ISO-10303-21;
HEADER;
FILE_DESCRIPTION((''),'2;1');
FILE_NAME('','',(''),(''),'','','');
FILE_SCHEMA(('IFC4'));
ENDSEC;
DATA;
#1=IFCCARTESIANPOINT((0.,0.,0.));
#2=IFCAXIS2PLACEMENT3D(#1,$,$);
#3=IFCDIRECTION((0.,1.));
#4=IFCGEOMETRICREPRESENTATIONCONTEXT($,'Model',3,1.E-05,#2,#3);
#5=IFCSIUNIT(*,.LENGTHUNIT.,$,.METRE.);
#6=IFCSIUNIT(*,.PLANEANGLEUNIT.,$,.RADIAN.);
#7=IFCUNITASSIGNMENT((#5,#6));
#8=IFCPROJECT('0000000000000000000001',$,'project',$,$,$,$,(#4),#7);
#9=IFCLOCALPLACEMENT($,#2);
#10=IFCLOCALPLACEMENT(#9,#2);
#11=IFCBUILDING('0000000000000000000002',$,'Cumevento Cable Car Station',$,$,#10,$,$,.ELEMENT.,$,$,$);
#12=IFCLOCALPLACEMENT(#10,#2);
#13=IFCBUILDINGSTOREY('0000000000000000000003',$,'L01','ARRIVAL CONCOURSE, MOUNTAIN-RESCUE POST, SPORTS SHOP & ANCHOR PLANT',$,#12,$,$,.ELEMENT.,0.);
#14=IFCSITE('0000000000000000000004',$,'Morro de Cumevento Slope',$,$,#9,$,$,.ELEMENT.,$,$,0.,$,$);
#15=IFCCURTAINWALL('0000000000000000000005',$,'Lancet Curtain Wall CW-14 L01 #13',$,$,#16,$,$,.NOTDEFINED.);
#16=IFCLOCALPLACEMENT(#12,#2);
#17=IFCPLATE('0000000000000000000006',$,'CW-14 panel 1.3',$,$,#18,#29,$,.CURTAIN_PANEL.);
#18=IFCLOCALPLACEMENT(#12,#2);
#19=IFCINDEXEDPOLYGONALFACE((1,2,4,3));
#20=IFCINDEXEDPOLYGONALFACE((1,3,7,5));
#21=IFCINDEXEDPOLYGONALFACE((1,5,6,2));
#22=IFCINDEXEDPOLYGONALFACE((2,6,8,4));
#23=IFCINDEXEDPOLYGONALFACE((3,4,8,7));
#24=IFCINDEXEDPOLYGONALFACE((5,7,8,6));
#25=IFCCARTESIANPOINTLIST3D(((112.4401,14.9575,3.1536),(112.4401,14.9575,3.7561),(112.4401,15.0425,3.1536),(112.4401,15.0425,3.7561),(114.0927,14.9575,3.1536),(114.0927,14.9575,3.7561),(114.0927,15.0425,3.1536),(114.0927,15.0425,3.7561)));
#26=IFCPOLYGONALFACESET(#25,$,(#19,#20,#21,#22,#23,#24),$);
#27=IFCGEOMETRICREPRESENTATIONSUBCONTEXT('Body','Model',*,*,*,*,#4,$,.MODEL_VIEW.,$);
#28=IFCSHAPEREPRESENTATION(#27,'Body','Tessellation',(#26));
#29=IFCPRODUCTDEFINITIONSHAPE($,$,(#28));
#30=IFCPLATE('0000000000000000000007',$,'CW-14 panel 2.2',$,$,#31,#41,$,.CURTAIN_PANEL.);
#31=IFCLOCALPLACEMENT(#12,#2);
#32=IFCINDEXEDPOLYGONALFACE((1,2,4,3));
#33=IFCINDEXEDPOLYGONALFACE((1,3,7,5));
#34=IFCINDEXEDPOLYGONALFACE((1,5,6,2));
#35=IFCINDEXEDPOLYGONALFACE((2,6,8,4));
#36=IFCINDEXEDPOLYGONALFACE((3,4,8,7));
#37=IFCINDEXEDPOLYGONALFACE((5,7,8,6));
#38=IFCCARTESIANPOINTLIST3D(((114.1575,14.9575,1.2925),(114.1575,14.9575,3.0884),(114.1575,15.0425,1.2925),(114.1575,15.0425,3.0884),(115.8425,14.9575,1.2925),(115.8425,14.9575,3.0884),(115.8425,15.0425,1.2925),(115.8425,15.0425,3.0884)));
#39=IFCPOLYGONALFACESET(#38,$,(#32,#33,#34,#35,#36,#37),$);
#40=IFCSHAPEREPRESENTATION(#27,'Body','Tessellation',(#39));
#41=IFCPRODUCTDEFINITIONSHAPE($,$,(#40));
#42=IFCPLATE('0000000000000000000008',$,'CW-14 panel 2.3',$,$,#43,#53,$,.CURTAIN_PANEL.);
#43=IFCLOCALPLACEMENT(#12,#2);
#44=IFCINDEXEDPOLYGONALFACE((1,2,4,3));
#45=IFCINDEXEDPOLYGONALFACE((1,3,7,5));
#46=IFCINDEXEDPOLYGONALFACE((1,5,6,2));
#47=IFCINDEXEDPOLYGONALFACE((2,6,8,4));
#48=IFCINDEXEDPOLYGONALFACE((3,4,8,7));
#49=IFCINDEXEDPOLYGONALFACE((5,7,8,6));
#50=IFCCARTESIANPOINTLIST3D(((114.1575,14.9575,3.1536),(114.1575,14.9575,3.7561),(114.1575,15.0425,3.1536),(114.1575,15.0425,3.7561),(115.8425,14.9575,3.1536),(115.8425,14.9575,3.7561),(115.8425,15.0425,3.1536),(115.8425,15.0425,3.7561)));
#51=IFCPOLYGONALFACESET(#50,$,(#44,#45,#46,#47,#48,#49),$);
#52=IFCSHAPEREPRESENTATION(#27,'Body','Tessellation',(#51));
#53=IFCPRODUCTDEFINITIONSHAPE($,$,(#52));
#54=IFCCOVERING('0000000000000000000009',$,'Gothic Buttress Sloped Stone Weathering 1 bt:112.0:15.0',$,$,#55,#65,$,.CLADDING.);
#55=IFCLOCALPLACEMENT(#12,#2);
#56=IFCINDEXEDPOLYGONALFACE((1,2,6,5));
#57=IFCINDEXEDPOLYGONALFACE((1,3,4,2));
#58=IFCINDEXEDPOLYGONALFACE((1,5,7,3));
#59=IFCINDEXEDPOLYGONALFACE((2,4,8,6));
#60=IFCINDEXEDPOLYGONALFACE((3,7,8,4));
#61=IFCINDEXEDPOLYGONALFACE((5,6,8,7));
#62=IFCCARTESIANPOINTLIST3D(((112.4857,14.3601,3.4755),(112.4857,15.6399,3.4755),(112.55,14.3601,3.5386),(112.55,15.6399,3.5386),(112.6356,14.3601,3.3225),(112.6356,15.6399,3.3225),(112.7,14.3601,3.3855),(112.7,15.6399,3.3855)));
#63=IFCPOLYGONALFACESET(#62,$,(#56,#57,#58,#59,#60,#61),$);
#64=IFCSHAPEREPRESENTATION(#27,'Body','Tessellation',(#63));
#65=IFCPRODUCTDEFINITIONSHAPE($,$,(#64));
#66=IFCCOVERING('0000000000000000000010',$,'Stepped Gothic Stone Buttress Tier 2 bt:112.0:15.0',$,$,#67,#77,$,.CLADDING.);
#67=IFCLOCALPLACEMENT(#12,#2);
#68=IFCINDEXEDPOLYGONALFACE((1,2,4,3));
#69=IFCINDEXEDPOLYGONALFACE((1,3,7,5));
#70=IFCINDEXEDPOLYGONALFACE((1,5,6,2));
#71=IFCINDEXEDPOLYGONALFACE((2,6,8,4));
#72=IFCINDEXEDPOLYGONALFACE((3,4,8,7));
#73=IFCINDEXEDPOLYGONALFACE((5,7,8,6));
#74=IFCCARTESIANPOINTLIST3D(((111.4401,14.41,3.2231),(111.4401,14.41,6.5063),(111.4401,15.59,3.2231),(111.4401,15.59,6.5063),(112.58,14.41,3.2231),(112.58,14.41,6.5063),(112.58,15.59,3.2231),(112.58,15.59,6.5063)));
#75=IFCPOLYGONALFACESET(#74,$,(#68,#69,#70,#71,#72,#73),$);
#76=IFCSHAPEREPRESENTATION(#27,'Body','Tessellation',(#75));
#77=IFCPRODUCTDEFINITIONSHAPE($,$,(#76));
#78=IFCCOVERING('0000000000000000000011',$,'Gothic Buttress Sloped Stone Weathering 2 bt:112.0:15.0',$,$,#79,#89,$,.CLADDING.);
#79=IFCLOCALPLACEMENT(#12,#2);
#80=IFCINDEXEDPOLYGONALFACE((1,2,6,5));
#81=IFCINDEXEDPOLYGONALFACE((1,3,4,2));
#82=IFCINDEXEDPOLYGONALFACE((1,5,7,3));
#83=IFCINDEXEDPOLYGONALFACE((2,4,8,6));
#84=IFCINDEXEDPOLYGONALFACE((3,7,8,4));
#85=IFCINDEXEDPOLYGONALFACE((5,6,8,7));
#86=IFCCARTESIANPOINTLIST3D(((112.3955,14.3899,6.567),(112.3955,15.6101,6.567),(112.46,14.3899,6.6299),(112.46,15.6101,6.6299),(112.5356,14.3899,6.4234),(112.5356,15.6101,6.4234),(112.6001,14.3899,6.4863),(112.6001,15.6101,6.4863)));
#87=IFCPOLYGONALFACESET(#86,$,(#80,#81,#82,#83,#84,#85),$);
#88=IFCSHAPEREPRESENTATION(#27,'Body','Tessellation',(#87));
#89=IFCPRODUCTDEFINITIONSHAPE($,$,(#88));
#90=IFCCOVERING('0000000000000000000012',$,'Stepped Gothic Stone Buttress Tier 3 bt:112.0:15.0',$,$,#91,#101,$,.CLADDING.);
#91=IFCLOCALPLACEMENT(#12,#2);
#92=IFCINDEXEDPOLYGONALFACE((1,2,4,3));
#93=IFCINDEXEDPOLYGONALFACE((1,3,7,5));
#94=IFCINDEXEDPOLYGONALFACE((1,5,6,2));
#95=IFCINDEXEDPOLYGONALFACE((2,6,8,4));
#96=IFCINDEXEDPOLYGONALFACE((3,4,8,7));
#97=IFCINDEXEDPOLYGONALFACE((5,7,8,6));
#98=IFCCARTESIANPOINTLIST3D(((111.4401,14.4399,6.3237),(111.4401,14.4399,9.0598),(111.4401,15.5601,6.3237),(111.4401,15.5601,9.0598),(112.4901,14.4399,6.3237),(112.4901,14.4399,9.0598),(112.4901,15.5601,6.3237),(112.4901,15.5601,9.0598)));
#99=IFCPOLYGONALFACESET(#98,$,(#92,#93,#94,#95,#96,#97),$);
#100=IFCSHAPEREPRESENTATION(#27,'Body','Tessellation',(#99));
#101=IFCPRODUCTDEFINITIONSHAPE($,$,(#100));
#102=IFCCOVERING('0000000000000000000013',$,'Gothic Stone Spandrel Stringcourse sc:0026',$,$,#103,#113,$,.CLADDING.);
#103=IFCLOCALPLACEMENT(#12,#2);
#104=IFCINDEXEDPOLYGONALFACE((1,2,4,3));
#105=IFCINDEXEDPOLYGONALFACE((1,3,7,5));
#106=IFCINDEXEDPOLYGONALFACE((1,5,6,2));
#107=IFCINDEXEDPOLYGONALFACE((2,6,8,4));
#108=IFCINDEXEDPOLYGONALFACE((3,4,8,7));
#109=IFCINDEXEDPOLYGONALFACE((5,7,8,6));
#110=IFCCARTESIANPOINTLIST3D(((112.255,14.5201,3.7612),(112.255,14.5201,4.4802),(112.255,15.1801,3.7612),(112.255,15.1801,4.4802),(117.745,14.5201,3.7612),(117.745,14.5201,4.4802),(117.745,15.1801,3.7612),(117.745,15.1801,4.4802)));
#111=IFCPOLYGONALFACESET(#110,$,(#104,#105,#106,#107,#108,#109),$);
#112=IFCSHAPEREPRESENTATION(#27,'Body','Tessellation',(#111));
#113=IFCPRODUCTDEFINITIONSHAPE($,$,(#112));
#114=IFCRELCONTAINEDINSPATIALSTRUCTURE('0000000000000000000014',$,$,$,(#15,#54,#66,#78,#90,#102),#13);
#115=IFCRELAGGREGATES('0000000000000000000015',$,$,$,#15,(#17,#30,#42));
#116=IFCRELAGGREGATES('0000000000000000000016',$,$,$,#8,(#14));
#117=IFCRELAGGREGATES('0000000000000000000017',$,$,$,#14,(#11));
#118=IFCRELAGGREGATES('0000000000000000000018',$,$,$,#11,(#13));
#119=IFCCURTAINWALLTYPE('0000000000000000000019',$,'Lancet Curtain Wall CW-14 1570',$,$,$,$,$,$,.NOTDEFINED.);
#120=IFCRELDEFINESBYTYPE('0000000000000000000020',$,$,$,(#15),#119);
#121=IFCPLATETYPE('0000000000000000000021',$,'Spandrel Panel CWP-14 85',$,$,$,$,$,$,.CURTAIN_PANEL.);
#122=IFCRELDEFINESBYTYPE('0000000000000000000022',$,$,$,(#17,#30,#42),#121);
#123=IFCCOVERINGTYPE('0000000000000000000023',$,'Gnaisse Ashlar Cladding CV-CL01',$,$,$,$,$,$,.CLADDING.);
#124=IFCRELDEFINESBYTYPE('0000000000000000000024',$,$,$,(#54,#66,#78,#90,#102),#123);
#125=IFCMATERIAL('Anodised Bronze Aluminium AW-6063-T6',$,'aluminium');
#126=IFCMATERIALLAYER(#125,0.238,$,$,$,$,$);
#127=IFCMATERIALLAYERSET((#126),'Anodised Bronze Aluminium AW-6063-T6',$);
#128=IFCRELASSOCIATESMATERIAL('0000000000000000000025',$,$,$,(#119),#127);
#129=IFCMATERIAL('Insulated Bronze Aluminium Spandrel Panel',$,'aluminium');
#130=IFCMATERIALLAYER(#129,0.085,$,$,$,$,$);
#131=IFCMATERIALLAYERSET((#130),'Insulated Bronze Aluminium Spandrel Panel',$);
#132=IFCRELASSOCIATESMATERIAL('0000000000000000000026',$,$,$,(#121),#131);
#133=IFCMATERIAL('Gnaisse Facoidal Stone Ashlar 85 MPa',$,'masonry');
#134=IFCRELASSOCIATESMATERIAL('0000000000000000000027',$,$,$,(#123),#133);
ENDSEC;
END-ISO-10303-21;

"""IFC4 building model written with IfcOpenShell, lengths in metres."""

from ifc_helpers import new_model, si_unit, direction, frame, origin, origin_2d, place, context, subcontext, project, spatial, polyline, rectangle, outline, extrude, material, layer, layer_set, type_object, element, aggregate, save


model = new_model("IFC4")

# Units and contexts
model_context = context("Model", 3, precision=1e-05, world=origin(), true_north=direction((0.0, 1.0)))
body_context = subcontext(model_context, "Body", "Model", "MODEL_VIEW")
ifc_project = project(units=[si_unit("LENGTHUNIT", "METRE"), si_unit("PLANEANGLEUNIT", "RADIAN")], contexts=[model_context])

# Site, building, storey
site_placement = place(None, origin())
site = spatial("IfcSite", under=ifc_project, at=site_placement, Name="Morro de Cumevento Slope", CompositionType="ELEMENT", RefElevation=0.0)
building_placement = place(site_placement, origin())
building = spatial("IfcBuilding", under=site, at=building_placement, Name="Cumevento Cable Car Station", CompositionType="ELEMENT")
storey_placement = place(building_placement, origin())
storey = spatial("IfcBuildingStorey", under=building, at=storey_placement, Name="L01", Description="ARRIVAL CONCOURSE, MOUNTAIN-RESCUE POST, SPORTS SHOP & ANCHOR PLANT", CompositionType="ELEMENT", Elevation=0.0)

# Curtain wall
ifc_material_1 = material(Name="Anodised Bronze Aluminium AW-6063-T6", Category="aluminium")
ifc_layer_1 = layer(ifc_material_1, 0.238)
ifc_layer_set_1 = layer_set([ifc_layer_1], Name="Anodised Bronze Aluminium AW-6063-T6")
curtain_wall_type = type_object("IfcCurtainWallType", Name="Lancet Curtain Wall CW-14 1570", PredefinedType="NOTDEFINED", material=ifc_layer_set_1)
curtain_wall_placement = place(storey_placement, origin())
curtain_wall = element("IfcCurtainWall", 1, at=curtain_wall_placement, inside=storey, type_object=curtain_wall_type, Name="Lancet Curtain Wall CW-14 L01 #13", PredefinedType="NOTDEFINED")

# Plates
ifc_material_2 = material(Name="Insulated Bronze Aluminium Spandrel Panel", Category="aluminium")
ifc_layer_2 = layer(ifc_material_2, 0.085)
ifc_layer_set_2 = layer_set([ifc_layer_2], Name="Insulated Bronze Aluminium Spandrel Panel")
plate_type = type_object("IfcPlateType", Name="Spandrel Panel CWP-14 85", PredefinedType="CURTAIN_PANEL", material=ifc_layer_set_2)
plate_1_placement = place(storey_placement, frame((113.2664, 15.0, 3.1536), z_axis=(0.0, 0.0, 1.0), x_axis=(1.0, 0.0, 0.0)))
plate_1 = element("IfcPlate", 2, at=plate_1_placement, type_object=plate_type, Name="CW-14 panel 1.3", PredefinedType="CURTAIN_PANEL", context=body_context, shape_type="SweptSolid", body=[
    extrude(rectangle(XDim=1.6526, YDim=0.085, at=origin_2d()), origin(), (0.0, 0.0, 1.0), 0.6025),
])
plate_2_placement = place(storey_placement, frame((115.0, 15.0, 1.2925), z_axis=(0.0, 0.0, 1.0), x_axis=(1.0, 0.0, 0.0)))
plate_2 = element("IfcPlate", 3, at=plate_2_placement, type_object=plate_type, Name="CW-14 panel 2.2", PredefinedType="CURTAIN_PANEL", context=body_context, shape_type="SweptSolid", body=[
    extrude(rectangle(XDim=1.6851, YDim=0.085, at=origin_2d()), origin(), (0.0, 0.0, 1.0), 1.7959),
])
plate_3_placement = place(storey_placement, frame((115.0, 15.0, 3.1536), z_axis=(0.0, 0.0, 1.0), x_axis=(1.0, 0.0, 0.0)))
plate_3 = element("IfcPlate", 4, at=plate_3_placement, type_object=plate_type, Name="CW-14 panel 2.3", PredefinedType="CURTAIN_PANEL", context=body_context, shape_type="SweptSolid", body=[
    extrude(rectangle(XDim=1.6851, YDim=0.085, at=origin_2d()), origin(), (0.0, 0.0, 1.0), 0.6025),
])
aggregate(curtain_wall, [plate_1, plate_2, plate_3])

# Coverings
ifc_material_3 = material(Name="Gnaisse Facoidal Stone Ashlar 85 MPa", Category="masonry")
covering_type = type_object("IfcCoveringType", Name="Gnaisse Ashlar Cladding CV-CL01", PredefinedType="CLADDING", material=ifc_material_3)
covering_1_placement = place(storey_placement, frame((112.7, 14.3601, 3.3855), z_axis=(0.714475, 0.0, 0.699661), x_axis=(0.0, 1.0, 0.0)))
element("IfcCovering", 5, at=covering_1_placement, inside=storey, type_object=covering_type, Name="Gothic Buttress Sloped Stone Weathering 1 bt:112.0:15.0", PredefinedType="CLADDING", context=body_context, shape_type="SweptSolid", body=[
    extrude(outline(polyline([(0.0, 0.0), (1.2798, 0.0), (1.2798, 0.2142), (0.0, 0.2142), (0.0, 0.0)])), origin(), (0.0, 0.0, -1.0), 0.0901),
])
covering_2_placement = place(storey_placement, frame((112.01, 15.0, 3.2231), z_axis=(0.0, 0.0, 1.0), x_axis=(0.0, 1.0, 0.0)))
element("IfcCovering", 6, at=covering_2_placement, inside=storey, type_object=covering_type, Name="Stepped Gothic Stone Buttress Tier 2 bt:112.0:15.0", PredefinedType="CLADDING", context=body_context, shape_type="SweptSolid", body=[
    extrude(rectangle(XDim=1.1799, YDim=1.1399, at=origin_2d()), origin(), (0.0, 0.0, 1.0), 3.2832),
])
covering_3_placement = place(storey_placement, frame((112.6001, 14.3899, 6.4863), z_axis=(0.715574, 0.0, 0.698537), x_axis=(0.0, 1.0, 0.0)))
element("IfcCovering", 7, at=covering_3_placement, inside=storey, type_object=covering_type, Name="Gothic Buttress Sloped Stone Weathering 2 bt:112.0:15.0", PredefinedType="CLADDING", context=body_context, shape_type="SweptSolid", body=[
    extrude(outline(polyline([(0.0, 0.0), (1.2202, 0.0), (1.2202, 0.2006), (0.0, 0.2006), (0.0, 0.0)])), origin(), (0.0, 0.0, -1.0), 0.0901),
])
covering_4_placement = place(storey_placement, frame((111.9651, 15.0, 6.3237), z_axis=(0.0, 0.0, 1.0), x_axis=(0.0, 1.0, 0.0)))
element("IfcCovering", 8, at=covering_4_placement, inside=storey, type_object=covering_type, Name="Stepped Gothic Stone Buttress Tier 3 bt:112.0:15.0", PredefinedType="CLADDING", context=body_context, shape_type="SweptSolid", body=[
    extrude(rectangle(XDim=1.1201, YDim=1.05, at=origin_2d()), origin(), (0.0, 0.0, 1.0), 2.7361),
])
covering_5_placement = place(storey_placement, frame((115.0, 14.8501, 3.7612), z_axis=(0.0, 0.0, 1.0), x_axis=(1.0, 0.0, 0.0)))
element("IfcCovering", 9, at=covering_5_placement, inside=storey, type_object=covering_type, Name="Gothic Stone Spandrel Stringcourse sc:0026", PredefinedType="CLADDING", context=body_context, shape_type="SweptSolid", body=[
    extrude(rectangle(XDim=5.49, YDim=0.6599, at=origin_2d()), origin(), (0.0, 0.0, 1.0), 0.719),
])

save(model, "model.ifc")
